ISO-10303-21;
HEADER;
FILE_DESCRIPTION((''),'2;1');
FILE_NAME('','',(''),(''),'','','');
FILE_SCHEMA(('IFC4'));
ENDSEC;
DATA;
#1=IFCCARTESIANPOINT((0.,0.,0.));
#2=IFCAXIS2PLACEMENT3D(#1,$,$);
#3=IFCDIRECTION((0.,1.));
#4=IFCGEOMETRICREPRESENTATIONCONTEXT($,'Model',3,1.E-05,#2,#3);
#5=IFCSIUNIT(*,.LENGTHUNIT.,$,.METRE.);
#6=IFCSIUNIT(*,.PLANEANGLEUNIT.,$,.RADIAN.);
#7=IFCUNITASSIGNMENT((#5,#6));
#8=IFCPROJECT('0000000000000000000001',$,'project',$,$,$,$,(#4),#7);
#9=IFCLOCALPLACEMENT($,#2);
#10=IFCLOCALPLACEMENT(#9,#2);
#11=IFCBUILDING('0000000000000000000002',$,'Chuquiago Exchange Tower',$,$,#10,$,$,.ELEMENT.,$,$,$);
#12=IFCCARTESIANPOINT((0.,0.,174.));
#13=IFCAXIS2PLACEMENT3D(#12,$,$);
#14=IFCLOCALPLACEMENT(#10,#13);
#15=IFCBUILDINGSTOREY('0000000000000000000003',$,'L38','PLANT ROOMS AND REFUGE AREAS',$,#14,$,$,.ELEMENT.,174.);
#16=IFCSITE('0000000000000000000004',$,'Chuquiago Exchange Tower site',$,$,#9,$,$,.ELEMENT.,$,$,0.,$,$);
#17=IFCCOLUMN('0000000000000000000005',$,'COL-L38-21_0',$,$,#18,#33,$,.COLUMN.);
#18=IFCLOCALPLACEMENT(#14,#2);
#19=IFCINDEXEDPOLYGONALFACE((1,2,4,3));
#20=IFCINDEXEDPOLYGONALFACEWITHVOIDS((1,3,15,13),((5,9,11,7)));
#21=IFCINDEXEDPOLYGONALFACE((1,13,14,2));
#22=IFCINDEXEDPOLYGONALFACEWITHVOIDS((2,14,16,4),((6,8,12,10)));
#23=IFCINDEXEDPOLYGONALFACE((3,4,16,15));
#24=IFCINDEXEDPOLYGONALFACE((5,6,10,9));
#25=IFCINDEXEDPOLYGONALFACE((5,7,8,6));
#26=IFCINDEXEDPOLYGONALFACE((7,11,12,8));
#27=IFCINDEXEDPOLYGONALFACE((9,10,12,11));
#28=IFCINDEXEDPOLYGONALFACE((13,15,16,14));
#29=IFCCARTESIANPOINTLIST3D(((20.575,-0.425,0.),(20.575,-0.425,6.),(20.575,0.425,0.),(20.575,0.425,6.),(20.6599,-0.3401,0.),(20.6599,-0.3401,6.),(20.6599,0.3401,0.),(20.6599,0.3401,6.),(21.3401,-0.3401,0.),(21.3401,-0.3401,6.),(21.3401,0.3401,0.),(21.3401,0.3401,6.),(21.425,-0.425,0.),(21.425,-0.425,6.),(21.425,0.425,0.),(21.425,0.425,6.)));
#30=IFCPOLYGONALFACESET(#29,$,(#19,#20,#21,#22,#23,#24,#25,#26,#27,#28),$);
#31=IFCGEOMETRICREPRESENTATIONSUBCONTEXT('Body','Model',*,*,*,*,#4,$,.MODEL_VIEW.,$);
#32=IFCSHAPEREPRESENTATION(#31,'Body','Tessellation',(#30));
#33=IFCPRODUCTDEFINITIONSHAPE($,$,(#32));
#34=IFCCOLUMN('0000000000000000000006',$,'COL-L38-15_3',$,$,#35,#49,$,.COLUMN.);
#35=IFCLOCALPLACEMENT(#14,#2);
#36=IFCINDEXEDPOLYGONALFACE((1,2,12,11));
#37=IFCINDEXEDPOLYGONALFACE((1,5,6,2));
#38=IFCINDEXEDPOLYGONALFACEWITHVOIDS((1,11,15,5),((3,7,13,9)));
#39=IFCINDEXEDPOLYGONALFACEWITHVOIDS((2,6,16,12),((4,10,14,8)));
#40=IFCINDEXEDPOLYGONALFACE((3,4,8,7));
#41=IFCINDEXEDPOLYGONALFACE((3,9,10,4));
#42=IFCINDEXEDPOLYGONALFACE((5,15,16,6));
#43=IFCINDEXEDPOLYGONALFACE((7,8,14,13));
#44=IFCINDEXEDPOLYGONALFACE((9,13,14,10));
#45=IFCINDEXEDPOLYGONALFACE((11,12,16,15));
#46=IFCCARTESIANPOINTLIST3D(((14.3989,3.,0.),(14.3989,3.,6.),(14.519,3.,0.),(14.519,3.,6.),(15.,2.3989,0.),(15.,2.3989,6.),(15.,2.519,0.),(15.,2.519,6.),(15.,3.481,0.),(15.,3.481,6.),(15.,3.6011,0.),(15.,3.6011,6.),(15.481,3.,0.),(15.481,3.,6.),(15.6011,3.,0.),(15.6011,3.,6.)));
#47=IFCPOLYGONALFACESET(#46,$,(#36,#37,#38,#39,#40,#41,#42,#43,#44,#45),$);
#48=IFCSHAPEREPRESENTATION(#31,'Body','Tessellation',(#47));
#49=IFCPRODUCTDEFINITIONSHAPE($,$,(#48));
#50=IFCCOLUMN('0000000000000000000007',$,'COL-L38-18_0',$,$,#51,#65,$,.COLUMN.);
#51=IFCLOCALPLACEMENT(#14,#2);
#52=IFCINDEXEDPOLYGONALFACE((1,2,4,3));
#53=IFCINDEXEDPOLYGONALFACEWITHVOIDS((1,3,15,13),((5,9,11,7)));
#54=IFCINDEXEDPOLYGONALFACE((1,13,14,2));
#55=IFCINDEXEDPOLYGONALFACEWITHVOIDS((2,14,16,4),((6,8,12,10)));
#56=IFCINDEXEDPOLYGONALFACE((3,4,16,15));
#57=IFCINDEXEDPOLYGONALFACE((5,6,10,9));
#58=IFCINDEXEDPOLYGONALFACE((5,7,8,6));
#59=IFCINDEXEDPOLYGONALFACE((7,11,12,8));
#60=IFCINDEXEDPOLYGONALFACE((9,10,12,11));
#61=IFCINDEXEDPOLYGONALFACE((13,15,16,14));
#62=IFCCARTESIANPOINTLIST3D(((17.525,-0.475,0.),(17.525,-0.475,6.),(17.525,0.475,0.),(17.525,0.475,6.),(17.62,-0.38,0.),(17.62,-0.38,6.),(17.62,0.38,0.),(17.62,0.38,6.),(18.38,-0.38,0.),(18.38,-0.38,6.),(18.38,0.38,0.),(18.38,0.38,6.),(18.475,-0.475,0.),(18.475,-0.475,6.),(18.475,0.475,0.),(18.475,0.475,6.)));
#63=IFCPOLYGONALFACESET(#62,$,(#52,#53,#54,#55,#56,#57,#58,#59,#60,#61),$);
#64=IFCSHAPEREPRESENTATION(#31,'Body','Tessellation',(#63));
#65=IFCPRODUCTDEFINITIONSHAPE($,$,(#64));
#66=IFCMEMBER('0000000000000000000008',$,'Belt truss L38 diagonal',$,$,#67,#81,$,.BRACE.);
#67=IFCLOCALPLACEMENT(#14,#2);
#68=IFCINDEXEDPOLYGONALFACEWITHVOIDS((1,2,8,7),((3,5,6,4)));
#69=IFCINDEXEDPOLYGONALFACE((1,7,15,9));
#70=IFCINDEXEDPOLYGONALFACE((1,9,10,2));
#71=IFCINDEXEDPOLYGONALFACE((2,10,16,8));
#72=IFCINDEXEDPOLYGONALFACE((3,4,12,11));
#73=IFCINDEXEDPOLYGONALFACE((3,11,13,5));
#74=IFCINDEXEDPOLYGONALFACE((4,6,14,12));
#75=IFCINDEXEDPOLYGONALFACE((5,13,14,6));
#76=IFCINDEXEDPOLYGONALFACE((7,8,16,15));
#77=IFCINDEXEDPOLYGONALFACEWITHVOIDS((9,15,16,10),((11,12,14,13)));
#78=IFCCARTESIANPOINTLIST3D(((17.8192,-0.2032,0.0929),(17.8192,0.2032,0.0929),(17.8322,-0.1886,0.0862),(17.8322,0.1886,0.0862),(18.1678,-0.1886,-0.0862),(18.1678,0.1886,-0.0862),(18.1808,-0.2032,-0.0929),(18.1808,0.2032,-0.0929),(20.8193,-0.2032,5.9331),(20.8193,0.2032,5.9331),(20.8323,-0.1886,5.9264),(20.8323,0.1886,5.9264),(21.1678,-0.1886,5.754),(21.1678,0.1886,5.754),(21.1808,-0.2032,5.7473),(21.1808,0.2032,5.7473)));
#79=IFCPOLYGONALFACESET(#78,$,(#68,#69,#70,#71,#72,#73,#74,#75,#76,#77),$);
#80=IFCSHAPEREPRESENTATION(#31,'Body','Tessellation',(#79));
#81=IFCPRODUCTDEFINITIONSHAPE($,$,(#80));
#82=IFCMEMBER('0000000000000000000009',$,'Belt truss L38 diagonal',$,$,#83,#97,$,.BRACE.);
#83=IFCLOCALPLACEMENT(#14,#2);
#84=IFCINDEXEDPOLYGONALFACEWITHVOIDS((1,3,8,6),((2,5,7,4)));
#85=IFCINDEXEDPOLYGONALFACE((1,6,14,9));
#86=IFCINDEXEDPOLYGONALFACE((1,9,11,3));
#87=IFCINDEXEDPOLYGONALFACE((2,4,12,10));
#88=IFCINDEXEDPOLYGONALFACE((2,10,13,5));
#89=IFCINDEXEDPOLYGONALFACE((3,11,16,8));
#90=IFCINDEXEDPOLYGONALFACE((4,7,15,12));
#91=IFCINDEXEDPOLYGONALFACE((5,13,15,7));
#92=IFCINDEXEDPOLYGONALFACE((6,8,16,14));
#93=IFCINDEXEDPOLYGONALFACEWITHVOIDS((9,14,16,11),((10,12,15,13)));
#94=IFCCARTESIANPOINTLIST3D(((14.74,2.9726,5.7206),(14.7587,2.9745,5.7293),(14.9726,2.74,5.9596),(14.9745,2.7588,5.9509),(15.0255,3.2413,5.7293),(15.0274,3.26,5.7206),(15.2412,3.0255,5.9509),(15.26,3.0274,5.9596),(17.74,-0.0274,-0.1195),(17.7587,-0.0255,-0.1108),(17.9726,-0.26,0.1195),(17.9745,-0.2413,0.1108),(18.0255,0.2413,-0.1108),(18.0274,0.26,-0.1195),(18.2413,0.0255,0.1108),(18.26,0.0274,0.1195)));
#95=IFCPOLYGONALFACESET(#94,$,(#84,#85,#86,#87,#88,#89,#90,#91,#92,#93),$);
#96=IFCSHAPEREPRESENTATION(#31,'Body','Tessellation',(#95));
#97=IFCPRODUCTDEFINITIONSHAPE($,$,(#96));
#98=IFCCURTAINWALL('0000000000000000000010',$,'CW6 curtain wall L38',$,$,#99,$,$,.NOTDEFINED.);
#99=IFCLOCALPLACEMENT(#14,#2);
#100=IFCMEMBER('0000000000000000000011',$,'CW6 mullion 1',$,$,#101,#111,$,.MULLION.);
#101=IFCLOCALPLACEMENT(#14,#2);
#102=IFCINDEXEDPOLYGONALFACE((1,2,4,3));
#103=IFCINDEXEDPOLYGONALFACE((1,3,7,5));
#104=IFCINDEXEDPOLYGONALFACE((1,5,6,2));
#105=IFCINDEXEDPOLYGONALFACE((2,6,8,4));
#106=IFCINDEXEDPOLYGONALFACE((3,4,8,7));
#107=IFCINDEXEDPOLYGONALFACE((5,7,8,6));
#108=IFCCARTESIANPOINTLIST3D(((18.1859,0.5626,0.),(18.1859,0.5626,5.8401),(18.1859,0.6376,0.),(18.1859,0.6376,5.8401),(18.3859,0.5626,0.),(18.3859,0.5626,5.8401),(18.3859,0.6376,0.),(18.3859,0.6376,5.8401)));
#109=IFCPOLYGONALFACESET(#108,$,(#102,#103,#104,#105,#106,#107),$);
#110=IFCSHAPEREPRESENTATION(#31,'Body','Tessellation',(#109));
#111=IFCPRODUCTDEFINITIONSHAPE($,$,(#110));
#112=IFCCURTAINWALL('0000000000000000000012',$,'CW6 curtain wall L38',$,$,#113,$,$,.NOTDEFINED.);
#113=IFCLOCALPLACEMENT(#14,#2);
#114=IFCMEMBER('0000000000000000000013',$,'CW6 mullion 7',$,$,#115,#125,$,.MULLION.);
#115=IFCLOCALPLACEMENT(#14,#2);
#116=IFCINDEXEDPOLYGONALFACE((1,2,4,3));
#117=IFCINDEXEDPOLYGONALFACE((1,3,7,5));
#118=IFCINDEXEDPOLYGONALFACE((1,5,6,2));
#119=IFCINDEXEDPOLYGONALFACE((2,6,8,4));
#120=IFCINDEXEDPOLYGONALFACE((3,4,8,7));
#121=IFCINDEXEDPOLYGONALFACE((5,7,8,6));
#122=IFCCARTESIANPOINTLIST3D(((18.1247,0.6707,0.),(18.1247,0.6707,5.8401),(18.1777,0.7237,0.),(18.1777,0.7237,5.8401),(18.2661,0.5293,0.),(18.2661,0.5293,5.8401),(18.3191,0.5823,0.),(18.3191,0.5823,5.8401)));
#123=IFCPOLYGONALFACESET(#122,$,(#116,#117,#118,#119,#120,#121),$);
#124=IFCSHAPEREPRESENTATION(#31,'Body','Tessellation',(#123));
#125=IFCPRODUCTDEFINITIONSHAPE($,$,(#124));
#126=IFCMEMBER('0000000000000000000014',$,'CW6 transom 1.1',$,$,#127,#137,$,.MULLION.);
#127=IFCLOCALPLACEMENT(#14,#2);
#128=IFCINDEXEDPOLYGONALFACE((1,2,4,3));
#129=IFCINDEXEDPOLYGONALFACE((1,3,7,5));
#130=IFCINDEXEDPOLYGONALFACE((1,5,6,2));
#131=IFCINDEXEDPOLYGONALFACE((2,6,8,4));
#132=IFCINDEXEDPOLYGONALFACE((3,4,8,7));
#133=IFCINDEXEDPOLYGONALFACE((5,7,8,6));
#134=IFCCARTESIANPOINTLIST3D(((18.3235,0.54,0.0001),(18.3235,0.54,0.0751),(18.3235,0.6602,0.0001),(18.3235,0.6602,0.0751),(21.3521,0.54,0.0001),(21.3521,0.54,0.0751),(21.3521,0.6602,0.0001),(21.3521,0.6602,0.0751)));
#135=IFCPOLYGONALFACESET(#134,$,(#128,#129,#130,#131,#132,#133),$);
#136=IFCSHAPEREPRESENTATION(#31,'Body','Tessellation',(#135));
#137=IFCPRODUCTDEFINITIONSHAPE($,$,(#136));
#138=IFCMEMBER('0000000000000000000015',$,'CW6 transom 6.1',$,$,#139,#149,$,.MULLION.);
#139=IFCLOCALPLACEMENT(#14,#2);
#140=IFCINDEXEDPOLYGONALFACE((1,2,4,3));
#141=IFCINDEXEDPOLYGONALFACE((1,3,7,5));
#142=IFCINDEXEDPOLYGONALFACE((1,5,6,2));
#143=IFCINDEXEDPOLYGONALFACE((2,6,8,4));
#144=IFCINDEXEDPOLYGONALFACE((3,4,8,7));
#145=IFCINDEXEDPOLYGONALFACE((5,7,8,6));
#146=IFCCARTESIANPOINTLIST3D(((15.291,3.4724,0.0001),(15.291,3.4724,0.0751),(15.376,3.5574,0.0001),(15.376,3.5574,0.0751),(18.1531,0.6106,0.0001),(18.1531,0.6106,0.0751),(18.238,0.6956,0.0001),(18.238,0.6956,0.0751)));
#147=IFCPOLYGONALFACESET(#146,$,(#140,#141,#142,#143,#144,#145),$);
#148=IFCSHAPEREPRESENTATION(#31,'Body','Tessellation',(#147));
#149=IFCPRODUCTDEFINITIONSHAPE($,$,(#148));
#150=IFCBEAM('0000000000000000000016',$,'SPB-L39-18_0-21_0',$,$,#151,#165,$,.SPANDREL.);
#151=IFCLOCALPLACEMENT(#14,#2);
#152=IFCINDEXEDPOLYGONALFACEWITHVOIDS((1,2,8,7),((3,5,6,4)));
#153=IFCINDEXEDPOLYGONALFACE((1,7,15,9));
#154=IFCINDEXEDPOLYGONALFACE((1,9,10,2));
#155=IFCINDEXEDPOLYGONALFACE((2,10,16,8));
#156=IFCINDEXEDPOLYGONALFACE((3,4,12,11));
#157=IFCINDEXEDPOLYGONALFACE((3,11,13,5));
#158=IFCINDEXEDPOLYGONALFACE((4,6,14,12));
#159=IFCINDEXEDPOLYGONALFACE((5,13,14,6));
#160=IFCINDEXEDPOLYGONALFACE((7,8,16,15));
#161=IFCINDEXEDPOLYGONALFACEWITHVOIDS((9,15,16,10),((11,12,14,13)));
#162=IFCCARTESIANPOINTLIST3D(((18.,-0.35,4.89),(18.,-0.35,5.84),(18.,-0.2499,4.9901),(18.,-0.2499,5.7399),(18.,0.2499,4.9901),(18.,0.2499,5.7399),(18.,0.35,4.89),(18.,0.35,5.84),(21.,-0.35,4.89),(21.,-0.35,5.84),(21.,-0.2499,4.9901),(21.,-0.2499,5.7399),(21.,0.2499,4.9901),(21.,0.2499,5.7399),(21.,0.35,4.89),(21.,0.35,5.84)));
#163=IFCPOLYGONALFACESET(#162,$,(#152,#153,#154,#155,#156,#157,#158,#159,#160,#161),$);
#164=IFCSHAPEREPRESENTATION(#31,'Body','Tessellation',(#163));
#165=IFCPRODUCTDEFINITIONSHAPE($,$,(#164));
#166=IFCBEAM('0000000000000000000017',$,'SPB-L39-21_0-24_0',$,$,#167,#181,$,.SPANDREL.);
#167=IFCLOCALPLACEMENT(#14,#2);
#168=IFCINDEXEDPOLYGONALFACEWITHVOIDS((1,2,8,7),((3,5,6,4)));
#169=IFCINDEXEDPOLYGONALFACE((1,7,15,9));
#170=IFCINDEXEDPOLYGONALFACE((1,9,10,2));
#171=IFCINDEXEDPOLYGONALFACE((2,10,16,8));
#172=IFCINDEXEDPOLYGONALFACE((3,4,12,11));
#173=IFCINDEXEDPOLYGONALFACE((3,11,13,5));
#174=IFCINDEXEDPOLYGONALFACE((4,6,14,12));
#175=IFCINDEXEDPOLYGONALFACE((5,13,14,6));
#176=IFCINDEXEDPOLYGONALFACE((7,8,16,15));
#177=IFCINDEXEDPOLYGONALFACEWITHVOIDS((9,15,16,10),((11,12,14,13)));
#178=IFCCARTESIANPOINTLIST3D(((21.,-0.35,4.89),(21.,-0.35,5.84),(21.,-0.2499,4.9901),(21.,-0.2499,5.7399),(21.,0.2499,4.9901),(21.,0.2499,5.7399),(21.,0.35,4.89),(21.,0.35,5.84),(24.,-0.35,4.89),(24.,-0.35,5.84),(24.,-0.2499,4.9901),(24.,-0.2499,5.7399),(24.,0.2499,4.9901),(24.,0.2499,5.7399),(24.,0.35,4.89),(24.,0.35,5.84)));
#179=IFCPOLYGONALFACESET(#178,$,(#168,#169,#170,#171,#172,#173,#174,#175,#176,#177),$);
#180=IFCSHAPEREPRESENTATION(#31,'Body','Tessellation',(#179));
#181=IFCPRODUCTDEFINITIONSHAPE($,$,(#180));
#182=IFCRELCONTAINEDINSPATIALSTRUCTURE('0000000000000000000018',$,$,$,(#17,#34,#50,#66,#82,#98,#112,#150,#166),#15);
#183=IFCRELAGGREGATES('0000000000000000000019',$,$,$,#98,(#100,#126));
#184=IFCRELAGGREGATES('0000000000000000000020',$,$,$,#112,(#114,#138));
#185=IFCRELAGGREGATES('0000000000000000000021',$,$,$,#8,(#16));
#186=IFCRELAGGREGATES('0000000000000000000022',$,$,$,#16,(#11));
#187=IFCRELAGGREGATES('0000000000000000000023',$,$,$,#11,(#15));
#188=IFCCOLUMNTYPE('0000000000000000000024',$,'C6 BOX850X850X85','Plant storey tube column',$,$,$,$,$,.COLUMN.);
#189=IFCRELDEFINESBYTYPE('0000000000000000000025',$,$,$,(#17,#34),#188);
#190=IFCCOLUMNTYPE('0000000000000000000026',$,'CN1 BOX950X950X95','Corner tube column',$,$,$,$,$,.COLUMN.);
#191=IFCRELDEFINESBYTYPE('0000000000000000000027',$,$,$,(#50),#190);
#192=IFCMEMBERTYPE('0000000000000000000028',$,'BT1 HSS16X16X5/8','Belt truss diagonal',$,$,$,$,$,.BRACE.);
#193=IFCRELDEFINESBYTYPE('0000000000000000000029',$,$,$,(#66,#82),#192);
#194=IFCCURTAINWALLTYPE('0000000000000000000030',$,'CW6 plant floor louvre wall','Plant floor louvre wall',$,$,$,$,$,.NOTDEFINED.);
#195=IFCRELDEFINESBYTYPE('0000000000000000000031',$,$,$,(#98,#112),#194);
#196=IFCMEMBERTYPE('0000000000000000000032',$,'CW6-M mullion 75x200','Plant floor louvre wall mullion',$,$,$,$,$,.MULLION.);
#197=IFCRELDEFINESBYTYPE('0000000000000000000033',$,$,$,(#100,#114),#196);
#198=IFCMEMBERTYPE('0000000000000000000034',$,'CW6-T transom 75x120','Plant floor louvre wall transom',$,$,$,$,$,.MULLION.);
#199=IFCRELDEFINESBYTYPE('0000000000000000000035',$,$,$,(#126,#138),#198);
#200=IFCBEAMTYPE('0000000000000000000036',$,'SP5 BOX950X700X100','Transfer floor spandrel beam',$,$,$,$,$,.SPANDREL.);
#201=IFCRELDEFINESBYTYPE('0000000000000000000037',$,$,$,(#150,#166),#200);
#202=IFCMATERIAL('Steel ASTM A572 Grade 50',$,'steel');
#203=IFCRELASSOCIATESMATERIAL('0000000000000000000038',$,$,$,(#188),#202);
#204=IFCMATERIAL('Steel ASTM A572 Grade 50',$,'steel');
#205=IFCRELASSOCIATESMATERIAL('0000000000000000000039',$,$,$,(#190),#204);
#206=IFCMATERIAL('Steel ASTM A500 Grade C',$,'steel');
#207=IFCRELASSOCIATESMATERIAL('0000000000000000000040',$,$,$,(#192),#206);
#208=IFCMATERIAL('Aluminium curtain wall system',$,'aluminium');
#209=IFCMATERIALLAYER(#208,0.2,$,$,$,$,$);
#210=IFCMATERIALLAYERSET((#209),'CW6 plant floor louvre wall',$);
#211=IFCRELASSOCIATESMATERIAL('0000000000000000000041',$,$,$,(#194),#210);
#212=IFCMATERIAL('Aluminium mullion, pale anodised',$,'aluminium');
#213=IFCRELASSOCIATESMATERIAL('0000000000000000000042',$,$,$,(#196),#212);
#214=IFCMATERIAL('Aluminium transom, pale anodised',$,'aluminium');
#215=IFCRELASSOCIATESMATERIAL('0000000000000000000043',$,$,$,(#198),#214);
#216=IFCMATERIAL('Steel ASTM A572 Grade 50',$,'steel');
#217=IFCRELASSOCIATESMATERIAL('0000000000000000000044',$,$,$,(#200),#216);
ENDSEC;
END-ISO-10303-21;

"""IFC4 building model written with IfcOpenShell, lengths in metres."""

from ifc_helpers import new_model, si_unit, direction, frame, origin, origin_2d, place, context, subcontext, project, spatial, rectangle, hollow_rectangle, extrude, material, layer, layer_set, material_profile, profile_set, type_object, element, aggregate, save


model = new_model("IFC4")

# Units and contexts
model_context = context("Model", 3, precision=1e-05, world=origin(), true_north=direction((0.0, 1.0)))
body_context = subcontext(model_context, "Body", "Model", "MODEL_VIEW")
ifc_project = project(units=[si_unit("LENGTHUNIT", "METRE"), si_unit("PLANEANGLEUNIT", "RADIAN")], contexts=[model_context])

# Site, building, storey
site_placement = place(None, origin())
site = spatial("IfcSite", under=ifc_project, at=site_placement, Name="Chuquiago Exchange Tower site", CompositionType="ELEMENT", RefElevation=0.0)
building_placement = place(site_placement, origin())
building = spatial("IfcBuilding", under=site, at=building_placement, Name="Chuquiago Exchange Tower", CompositionType="ELEMENT")
storey_placement = place(building_placement, frame((0.0, 0.0, 174.0)))
storey = spatial("IfcBuildingStorey", under=building, at=storey_placement, Name="L38", Description="PLANT ROOMS AND REFUGE AREAS", CompositionType="ELEMENT", Elevation=174.0)

# Columns
ifc_material_1 = material(Name="Steel ASTM A572 Grade 50", Category="steel")
ifc_material_profile_1 = material_profile(ifc_material_1, hollow_rectangle(XDim=0.8501, YDim=0.8501, WallThickness=0.085, at=origin_2d()), Name="BOX850X850X85")
ifc_profile_set_1 = profile_set([ifc_material_profile_1], Name="Steel ASTM A572 Grade 50")
column_type_1 = type_object("IfcColumnType", Name="C6 BOX850X850X85", Description="Plant storey tube column", PredefinedType="COLUMN", material=ifc_profile_set_1)
for number, where, z_axis, x_axis, name in (
    (1, (21.0, 0.0, 0.0), (0.0, 0.0, 1.0), (0.0, -1.0, 0.0), "COL-L38-21_0"),
    (2, (15.0, 3.0, 0.0), (0.0, 0.0, 1.0), (-0.707107, -0.707107, 0.0), "COL-L38-15_3"),
):
    element("IfcColumn", number, at=place(storey_placement, frame(where, z_axis=z_axis, x_axis=x_axis)), inside=storey, type_object=column_type_1, Name=name, PredefinedType="COLUMN", context=body_context, shape_type="SweptSolid", body=[
        extrude(hollow_rectangle(XDim=0.8501, YDim=0.8501, WallThickness=0.085, at=origin_2d()), origin(), (0.0, 0.0, 1.0), 6.0),
    ])
ifc_material_2 = material(Name="Steel ASTM A572 Grade 50", Category="steel")
ifc_material_profile_2 = material_profile(ifc_material_2, hollow_rectangle(XDim=0.95, YDim=0.95, WallThickness=0.095, at=origin_2d()), Name="BOX950X950X95")
ifc_profile_set_2 = profile_set([ifc_material_profile_2], Name="Steel ASTM A572 Grade 50")
column_type_2 = type_object("IfcColumnType", Name="CN1 BOX950X950X95", Description="Corner tube column", PredefinedType="COLUMN", material=ifc_profile_set_2)
column_placement = place(storey_placement, frame((18.0, 0.0, 0.0), z_axis=(0.0, 0.0, 1.0), x_axis=(0.0, -1.0, 0.0)))
element("IfcColumn", 3, at=column_placement, inside=storey, type_object=column_type_2, Name="COL-L38-18_0", PredefinedType="COLUMN", context=body_context, shape_type="SweptSolid", body=[
    extrude(hollow_rectangle(XDim=0.95, YDim=0.95, WallThickness=0.095, at=origin_2d()), origin(), (0.0, 0.0, 1.0), 6.0),
])

# Members
ifc_material_3 = material(Name="Steel ASTM A500 Grade C", Category="steel")
ifc_material_profile_3 = material_profile(ifc_material_3, hollow_rectangle(XDim=0.4065, YDim=0.4065, WallThickness=0.0146, at=origin_2d()), Name="HSS16X16X5/8")
ifc_profile_set_3 = profile_set([ifc_material_profile_3], Name="Steel ASTM A500 Grade C")
member_type_1 = type_object("IfcMemberType", Name="BT1 HSS16X16X5/8", Description="Belt truss diagonal", PredefinedType="BRACE", material=ifc_profile_set_3)
member_1_placement = place(storey_placement, frame((18.0, 0.0, 0.0), z_axis=(0.45693, 0.0, 0.889503), x_axis=(0.0, 1.0, 0.0)))
element("IfcMember", 4, at=member_1_placement, inside=storey, type_object=member_type_1, Name="Belt truss L38 diagonal", PredefinedType="BRACE", context=body_context, shape_type="SweptSolid", body=[
    extrude(hollow_rectangle(XDim=0.4065, YDim=0.4065, WallThickness=0.0146, at=origin_2d()), origin(), (0.0, 0.0, 1.0), 6.5657),
])
member_2_placement = place(storey_placement, frame((18.0, 0.0, 0.0), z_axis=(-0.415599, 0.415599, 0.809045), x_axis=(-0.707107, -0.707107, 0.0)))
element("IfcMember", 5, at=member_2_placement, inside=storey, type_object=member_type_1, Name="Belt truss L38 diagonal", PredefinedType="BRACE", context=body_context, shape_type="SweptSolid", body=[
    extrude(hollow_rectangle(XDim=0.4065, YDim=0.4065, WallThickness=0.0146, at=origin_2d()), origin(), (0.0, 0.0, 1.0), 7.2185),
])

# Curtain walls, members
ifc_material_4 = material(Name="Aluminium curtain wall system", Category="aluminium")
ifc_layer_1 = layer(ifc_material_4, 0.2)
ifc_layer_set_1 = layer_set([ifc_layer_1], Name="CW6 plant floor louvre wall")
curtain_wall_type = type_object("IfcCurtainWallType", Name="CW6 plant floor louvre wall", Description="Plant floor louvre wall", PredefinedType="NOTDEFINED", material=ifc_layer_set_1)
curtain_wall_1_placement = place(storey_placement, origin())
curtain_wall_1 = element("IfcCurtainWall", 6, at=curtain_wall_1_placement, inside=storey, type_object=curtain_wall_type, Name="CW6 curtain wall L38", PredefinedType="NOTDEFINED")
ifc_material_5 = material(Name="Aluminium mullion, pale anodised", Category="aluminium")
ifc_material_profile_4 = material_profile(ifc_material_5, rectangle(XDim=0.075, YDim=0.2, at=origin_2d()), Name="AL 75x200")
ifc_profile_set_4 = profile_set([ifc_material_profile_4], Name="Aluminium mullion, pale anodised")
member_type_2 = type_object("IfcMemberType", Name="CW6-M mullion 75x200", Description="Plant floor louvre wall mullion", PredefinedType="MULLION", material=ifc_profile_set_4)
member_3_placement = place(storey_placement, frame((18.2859, 0.6001, 0.0), z_axis=(0.0, 0.0, 1.0), x_axis=(0.0, 1.0, 0.0)))
member_3 = element("IfcMember", 7, at=member_3_placement, type_object=member_type_2, Name="CW6 mullion 1", PredefinedType="MULLION", context=body_context, shape_type="SweptSolid", body=[
    extrude(rectangle(XDim=0.075, YDim=0.2, at=origin_2d()), origin(), (0.0, 0.0, 1.0), 5.8401),
])
curtain_wall_2_placement = place(storey_placement, origin())
curtain_wall_2 = element("IfcCurtainWall", 8, at=curtain_wall_2_placement, inside=storey, type_object=curtain_wall_type, Name="CW6 curtain wall L38", PredefinedType="NOTDEFINED")
member_4_placement = place(storey_placement, frame((18.2219, 0.6265, 0.0), z_axis=(0.0, 0.0, 1.0), x_axis=(0.707107, 0.707107, 0.0)))
member_4 = element("IfcMember", 9, at=member_4_placement, type_object=member_type_2, Name="CW6 mullion 7", PredefinedType="MULLION", context=body_context, shape_type="SweptSolid", body=[
    extrude(rectangle(XDim=0.075, YDim=0.2, at=origin_2d()), origin(), (0.0, 0.0, 1.0), 5.8401),
])

# Members
ifc_material_6 = material(Name="Aluminium transom, pale anodised", Category="aluminium")
ifc_material_profile_5 = material_profile(ifc_material_6, rectangle(XDim=0.1201, YDim=0.075, at=origin_2d()), Name="AL 120x75")
ifc_profile_set_5 = profile_set([ifc_material_profile_5], Name="Aluminium transom, pale anodised")
member_type_3 = type_object("IfcMemberType", Name="CW6-T transom 75x120", Description="Plant floor louvre wall transom", PredefinedType="MULLION", material=ifc_profile_set_5)
member_5_placement = place(storey_placement, frame((18.3235, 0.6001, 0.0376), z_axis=(1.0, 0.0, 0.0), x_axis=(0.0, 1.0, 0.0)))
member_5 = element("IfcMember", 10, at=member_5_placement, type_object=member_type_3, Name="CW6 transom 1.1", PredefinedType="MULLION", context=body_context, shape_type="SweptSolid", body=[
    extrude(rectangle(XDim=0.1201, YDim=0.075, at=origin_2d()), origin(), (0.0, 0.0, 1.0), 3.0286),
])
member_6_placement = place(storey_placement, frame((15.3335, 3.5149, 0.0376), z_axis=(0.707137, -0.707077, 0.0), x_axis=(0.707077, 0.707137, 0.0)))
member_6 = element("IfcMember", 11, at=member_6_placement, type_object=member_type_3, Name="CW6 transom 6.1", PredefinedType="MULLION", context=body_context, shape_type="SweptSolid", body=[
    extrude(rectangle(XDim=0.1201, YDim=0.075, at=origin_2d()), origin(), (0.0, 0.0, 1.0), 4.0474),
])

# Beams
ifc_material_7 = material(Name="Steel ASTM A572 Grade 50", Category="steel")
ifc_material_profile_6 = material_profile(ifc_material_7, hollow_rectangle(XDim=0.7, YDim=0.95, WallThickness=0.1001, at=origin_2d()), Name="BOX950X700X100")
ifc_profile_set_6 = profile_set([ifc_material_profile_6], Name="Steel ASTM A572 Grade 50")
beam_type = type_object("IfcBeamType", Name="SP5 BOX950X700X100", Description="Transfer floor spandrel beam", PredefinedType="SPANDREL", material=ifc_profile_set_6)
for number, where, z_axis, x_axis, name in (
    (12, (18.0, 0.0, 5.365), (1.0, 0.0, 0.0), (0.0, 1.0, 0.0), "SPB-L39-18_0-21_0"),
    (13, (21.0, 0.0, 5.365), (1.0, 0.0, 0.0), (0.0, 1.0, 0.0), "SPB-L39-21_0-24_0"),
):
    element("IfcBeam", number, at=place(storey_placement, frame(where, z_axis=z_axis, x_axis=x_axis)), inside=storey, type_object=beam_type, Name=name, PredefinedType="SPANDREL", context=body_context, shape_type="SweptSolid", body=[
        extrude(hollow_rectangle(XDim=0.7, YDim=0.95, WallThickness=0.1001, at=origin_2d()), origin(), (0.0, 0.0, 1.0), 3.0),
    ])

aggregate(curtain_wall_1, [member_3, member_5])
aggregate(curtain_wall_2, [member_4, member_6])

save(model, "model.ifc")
